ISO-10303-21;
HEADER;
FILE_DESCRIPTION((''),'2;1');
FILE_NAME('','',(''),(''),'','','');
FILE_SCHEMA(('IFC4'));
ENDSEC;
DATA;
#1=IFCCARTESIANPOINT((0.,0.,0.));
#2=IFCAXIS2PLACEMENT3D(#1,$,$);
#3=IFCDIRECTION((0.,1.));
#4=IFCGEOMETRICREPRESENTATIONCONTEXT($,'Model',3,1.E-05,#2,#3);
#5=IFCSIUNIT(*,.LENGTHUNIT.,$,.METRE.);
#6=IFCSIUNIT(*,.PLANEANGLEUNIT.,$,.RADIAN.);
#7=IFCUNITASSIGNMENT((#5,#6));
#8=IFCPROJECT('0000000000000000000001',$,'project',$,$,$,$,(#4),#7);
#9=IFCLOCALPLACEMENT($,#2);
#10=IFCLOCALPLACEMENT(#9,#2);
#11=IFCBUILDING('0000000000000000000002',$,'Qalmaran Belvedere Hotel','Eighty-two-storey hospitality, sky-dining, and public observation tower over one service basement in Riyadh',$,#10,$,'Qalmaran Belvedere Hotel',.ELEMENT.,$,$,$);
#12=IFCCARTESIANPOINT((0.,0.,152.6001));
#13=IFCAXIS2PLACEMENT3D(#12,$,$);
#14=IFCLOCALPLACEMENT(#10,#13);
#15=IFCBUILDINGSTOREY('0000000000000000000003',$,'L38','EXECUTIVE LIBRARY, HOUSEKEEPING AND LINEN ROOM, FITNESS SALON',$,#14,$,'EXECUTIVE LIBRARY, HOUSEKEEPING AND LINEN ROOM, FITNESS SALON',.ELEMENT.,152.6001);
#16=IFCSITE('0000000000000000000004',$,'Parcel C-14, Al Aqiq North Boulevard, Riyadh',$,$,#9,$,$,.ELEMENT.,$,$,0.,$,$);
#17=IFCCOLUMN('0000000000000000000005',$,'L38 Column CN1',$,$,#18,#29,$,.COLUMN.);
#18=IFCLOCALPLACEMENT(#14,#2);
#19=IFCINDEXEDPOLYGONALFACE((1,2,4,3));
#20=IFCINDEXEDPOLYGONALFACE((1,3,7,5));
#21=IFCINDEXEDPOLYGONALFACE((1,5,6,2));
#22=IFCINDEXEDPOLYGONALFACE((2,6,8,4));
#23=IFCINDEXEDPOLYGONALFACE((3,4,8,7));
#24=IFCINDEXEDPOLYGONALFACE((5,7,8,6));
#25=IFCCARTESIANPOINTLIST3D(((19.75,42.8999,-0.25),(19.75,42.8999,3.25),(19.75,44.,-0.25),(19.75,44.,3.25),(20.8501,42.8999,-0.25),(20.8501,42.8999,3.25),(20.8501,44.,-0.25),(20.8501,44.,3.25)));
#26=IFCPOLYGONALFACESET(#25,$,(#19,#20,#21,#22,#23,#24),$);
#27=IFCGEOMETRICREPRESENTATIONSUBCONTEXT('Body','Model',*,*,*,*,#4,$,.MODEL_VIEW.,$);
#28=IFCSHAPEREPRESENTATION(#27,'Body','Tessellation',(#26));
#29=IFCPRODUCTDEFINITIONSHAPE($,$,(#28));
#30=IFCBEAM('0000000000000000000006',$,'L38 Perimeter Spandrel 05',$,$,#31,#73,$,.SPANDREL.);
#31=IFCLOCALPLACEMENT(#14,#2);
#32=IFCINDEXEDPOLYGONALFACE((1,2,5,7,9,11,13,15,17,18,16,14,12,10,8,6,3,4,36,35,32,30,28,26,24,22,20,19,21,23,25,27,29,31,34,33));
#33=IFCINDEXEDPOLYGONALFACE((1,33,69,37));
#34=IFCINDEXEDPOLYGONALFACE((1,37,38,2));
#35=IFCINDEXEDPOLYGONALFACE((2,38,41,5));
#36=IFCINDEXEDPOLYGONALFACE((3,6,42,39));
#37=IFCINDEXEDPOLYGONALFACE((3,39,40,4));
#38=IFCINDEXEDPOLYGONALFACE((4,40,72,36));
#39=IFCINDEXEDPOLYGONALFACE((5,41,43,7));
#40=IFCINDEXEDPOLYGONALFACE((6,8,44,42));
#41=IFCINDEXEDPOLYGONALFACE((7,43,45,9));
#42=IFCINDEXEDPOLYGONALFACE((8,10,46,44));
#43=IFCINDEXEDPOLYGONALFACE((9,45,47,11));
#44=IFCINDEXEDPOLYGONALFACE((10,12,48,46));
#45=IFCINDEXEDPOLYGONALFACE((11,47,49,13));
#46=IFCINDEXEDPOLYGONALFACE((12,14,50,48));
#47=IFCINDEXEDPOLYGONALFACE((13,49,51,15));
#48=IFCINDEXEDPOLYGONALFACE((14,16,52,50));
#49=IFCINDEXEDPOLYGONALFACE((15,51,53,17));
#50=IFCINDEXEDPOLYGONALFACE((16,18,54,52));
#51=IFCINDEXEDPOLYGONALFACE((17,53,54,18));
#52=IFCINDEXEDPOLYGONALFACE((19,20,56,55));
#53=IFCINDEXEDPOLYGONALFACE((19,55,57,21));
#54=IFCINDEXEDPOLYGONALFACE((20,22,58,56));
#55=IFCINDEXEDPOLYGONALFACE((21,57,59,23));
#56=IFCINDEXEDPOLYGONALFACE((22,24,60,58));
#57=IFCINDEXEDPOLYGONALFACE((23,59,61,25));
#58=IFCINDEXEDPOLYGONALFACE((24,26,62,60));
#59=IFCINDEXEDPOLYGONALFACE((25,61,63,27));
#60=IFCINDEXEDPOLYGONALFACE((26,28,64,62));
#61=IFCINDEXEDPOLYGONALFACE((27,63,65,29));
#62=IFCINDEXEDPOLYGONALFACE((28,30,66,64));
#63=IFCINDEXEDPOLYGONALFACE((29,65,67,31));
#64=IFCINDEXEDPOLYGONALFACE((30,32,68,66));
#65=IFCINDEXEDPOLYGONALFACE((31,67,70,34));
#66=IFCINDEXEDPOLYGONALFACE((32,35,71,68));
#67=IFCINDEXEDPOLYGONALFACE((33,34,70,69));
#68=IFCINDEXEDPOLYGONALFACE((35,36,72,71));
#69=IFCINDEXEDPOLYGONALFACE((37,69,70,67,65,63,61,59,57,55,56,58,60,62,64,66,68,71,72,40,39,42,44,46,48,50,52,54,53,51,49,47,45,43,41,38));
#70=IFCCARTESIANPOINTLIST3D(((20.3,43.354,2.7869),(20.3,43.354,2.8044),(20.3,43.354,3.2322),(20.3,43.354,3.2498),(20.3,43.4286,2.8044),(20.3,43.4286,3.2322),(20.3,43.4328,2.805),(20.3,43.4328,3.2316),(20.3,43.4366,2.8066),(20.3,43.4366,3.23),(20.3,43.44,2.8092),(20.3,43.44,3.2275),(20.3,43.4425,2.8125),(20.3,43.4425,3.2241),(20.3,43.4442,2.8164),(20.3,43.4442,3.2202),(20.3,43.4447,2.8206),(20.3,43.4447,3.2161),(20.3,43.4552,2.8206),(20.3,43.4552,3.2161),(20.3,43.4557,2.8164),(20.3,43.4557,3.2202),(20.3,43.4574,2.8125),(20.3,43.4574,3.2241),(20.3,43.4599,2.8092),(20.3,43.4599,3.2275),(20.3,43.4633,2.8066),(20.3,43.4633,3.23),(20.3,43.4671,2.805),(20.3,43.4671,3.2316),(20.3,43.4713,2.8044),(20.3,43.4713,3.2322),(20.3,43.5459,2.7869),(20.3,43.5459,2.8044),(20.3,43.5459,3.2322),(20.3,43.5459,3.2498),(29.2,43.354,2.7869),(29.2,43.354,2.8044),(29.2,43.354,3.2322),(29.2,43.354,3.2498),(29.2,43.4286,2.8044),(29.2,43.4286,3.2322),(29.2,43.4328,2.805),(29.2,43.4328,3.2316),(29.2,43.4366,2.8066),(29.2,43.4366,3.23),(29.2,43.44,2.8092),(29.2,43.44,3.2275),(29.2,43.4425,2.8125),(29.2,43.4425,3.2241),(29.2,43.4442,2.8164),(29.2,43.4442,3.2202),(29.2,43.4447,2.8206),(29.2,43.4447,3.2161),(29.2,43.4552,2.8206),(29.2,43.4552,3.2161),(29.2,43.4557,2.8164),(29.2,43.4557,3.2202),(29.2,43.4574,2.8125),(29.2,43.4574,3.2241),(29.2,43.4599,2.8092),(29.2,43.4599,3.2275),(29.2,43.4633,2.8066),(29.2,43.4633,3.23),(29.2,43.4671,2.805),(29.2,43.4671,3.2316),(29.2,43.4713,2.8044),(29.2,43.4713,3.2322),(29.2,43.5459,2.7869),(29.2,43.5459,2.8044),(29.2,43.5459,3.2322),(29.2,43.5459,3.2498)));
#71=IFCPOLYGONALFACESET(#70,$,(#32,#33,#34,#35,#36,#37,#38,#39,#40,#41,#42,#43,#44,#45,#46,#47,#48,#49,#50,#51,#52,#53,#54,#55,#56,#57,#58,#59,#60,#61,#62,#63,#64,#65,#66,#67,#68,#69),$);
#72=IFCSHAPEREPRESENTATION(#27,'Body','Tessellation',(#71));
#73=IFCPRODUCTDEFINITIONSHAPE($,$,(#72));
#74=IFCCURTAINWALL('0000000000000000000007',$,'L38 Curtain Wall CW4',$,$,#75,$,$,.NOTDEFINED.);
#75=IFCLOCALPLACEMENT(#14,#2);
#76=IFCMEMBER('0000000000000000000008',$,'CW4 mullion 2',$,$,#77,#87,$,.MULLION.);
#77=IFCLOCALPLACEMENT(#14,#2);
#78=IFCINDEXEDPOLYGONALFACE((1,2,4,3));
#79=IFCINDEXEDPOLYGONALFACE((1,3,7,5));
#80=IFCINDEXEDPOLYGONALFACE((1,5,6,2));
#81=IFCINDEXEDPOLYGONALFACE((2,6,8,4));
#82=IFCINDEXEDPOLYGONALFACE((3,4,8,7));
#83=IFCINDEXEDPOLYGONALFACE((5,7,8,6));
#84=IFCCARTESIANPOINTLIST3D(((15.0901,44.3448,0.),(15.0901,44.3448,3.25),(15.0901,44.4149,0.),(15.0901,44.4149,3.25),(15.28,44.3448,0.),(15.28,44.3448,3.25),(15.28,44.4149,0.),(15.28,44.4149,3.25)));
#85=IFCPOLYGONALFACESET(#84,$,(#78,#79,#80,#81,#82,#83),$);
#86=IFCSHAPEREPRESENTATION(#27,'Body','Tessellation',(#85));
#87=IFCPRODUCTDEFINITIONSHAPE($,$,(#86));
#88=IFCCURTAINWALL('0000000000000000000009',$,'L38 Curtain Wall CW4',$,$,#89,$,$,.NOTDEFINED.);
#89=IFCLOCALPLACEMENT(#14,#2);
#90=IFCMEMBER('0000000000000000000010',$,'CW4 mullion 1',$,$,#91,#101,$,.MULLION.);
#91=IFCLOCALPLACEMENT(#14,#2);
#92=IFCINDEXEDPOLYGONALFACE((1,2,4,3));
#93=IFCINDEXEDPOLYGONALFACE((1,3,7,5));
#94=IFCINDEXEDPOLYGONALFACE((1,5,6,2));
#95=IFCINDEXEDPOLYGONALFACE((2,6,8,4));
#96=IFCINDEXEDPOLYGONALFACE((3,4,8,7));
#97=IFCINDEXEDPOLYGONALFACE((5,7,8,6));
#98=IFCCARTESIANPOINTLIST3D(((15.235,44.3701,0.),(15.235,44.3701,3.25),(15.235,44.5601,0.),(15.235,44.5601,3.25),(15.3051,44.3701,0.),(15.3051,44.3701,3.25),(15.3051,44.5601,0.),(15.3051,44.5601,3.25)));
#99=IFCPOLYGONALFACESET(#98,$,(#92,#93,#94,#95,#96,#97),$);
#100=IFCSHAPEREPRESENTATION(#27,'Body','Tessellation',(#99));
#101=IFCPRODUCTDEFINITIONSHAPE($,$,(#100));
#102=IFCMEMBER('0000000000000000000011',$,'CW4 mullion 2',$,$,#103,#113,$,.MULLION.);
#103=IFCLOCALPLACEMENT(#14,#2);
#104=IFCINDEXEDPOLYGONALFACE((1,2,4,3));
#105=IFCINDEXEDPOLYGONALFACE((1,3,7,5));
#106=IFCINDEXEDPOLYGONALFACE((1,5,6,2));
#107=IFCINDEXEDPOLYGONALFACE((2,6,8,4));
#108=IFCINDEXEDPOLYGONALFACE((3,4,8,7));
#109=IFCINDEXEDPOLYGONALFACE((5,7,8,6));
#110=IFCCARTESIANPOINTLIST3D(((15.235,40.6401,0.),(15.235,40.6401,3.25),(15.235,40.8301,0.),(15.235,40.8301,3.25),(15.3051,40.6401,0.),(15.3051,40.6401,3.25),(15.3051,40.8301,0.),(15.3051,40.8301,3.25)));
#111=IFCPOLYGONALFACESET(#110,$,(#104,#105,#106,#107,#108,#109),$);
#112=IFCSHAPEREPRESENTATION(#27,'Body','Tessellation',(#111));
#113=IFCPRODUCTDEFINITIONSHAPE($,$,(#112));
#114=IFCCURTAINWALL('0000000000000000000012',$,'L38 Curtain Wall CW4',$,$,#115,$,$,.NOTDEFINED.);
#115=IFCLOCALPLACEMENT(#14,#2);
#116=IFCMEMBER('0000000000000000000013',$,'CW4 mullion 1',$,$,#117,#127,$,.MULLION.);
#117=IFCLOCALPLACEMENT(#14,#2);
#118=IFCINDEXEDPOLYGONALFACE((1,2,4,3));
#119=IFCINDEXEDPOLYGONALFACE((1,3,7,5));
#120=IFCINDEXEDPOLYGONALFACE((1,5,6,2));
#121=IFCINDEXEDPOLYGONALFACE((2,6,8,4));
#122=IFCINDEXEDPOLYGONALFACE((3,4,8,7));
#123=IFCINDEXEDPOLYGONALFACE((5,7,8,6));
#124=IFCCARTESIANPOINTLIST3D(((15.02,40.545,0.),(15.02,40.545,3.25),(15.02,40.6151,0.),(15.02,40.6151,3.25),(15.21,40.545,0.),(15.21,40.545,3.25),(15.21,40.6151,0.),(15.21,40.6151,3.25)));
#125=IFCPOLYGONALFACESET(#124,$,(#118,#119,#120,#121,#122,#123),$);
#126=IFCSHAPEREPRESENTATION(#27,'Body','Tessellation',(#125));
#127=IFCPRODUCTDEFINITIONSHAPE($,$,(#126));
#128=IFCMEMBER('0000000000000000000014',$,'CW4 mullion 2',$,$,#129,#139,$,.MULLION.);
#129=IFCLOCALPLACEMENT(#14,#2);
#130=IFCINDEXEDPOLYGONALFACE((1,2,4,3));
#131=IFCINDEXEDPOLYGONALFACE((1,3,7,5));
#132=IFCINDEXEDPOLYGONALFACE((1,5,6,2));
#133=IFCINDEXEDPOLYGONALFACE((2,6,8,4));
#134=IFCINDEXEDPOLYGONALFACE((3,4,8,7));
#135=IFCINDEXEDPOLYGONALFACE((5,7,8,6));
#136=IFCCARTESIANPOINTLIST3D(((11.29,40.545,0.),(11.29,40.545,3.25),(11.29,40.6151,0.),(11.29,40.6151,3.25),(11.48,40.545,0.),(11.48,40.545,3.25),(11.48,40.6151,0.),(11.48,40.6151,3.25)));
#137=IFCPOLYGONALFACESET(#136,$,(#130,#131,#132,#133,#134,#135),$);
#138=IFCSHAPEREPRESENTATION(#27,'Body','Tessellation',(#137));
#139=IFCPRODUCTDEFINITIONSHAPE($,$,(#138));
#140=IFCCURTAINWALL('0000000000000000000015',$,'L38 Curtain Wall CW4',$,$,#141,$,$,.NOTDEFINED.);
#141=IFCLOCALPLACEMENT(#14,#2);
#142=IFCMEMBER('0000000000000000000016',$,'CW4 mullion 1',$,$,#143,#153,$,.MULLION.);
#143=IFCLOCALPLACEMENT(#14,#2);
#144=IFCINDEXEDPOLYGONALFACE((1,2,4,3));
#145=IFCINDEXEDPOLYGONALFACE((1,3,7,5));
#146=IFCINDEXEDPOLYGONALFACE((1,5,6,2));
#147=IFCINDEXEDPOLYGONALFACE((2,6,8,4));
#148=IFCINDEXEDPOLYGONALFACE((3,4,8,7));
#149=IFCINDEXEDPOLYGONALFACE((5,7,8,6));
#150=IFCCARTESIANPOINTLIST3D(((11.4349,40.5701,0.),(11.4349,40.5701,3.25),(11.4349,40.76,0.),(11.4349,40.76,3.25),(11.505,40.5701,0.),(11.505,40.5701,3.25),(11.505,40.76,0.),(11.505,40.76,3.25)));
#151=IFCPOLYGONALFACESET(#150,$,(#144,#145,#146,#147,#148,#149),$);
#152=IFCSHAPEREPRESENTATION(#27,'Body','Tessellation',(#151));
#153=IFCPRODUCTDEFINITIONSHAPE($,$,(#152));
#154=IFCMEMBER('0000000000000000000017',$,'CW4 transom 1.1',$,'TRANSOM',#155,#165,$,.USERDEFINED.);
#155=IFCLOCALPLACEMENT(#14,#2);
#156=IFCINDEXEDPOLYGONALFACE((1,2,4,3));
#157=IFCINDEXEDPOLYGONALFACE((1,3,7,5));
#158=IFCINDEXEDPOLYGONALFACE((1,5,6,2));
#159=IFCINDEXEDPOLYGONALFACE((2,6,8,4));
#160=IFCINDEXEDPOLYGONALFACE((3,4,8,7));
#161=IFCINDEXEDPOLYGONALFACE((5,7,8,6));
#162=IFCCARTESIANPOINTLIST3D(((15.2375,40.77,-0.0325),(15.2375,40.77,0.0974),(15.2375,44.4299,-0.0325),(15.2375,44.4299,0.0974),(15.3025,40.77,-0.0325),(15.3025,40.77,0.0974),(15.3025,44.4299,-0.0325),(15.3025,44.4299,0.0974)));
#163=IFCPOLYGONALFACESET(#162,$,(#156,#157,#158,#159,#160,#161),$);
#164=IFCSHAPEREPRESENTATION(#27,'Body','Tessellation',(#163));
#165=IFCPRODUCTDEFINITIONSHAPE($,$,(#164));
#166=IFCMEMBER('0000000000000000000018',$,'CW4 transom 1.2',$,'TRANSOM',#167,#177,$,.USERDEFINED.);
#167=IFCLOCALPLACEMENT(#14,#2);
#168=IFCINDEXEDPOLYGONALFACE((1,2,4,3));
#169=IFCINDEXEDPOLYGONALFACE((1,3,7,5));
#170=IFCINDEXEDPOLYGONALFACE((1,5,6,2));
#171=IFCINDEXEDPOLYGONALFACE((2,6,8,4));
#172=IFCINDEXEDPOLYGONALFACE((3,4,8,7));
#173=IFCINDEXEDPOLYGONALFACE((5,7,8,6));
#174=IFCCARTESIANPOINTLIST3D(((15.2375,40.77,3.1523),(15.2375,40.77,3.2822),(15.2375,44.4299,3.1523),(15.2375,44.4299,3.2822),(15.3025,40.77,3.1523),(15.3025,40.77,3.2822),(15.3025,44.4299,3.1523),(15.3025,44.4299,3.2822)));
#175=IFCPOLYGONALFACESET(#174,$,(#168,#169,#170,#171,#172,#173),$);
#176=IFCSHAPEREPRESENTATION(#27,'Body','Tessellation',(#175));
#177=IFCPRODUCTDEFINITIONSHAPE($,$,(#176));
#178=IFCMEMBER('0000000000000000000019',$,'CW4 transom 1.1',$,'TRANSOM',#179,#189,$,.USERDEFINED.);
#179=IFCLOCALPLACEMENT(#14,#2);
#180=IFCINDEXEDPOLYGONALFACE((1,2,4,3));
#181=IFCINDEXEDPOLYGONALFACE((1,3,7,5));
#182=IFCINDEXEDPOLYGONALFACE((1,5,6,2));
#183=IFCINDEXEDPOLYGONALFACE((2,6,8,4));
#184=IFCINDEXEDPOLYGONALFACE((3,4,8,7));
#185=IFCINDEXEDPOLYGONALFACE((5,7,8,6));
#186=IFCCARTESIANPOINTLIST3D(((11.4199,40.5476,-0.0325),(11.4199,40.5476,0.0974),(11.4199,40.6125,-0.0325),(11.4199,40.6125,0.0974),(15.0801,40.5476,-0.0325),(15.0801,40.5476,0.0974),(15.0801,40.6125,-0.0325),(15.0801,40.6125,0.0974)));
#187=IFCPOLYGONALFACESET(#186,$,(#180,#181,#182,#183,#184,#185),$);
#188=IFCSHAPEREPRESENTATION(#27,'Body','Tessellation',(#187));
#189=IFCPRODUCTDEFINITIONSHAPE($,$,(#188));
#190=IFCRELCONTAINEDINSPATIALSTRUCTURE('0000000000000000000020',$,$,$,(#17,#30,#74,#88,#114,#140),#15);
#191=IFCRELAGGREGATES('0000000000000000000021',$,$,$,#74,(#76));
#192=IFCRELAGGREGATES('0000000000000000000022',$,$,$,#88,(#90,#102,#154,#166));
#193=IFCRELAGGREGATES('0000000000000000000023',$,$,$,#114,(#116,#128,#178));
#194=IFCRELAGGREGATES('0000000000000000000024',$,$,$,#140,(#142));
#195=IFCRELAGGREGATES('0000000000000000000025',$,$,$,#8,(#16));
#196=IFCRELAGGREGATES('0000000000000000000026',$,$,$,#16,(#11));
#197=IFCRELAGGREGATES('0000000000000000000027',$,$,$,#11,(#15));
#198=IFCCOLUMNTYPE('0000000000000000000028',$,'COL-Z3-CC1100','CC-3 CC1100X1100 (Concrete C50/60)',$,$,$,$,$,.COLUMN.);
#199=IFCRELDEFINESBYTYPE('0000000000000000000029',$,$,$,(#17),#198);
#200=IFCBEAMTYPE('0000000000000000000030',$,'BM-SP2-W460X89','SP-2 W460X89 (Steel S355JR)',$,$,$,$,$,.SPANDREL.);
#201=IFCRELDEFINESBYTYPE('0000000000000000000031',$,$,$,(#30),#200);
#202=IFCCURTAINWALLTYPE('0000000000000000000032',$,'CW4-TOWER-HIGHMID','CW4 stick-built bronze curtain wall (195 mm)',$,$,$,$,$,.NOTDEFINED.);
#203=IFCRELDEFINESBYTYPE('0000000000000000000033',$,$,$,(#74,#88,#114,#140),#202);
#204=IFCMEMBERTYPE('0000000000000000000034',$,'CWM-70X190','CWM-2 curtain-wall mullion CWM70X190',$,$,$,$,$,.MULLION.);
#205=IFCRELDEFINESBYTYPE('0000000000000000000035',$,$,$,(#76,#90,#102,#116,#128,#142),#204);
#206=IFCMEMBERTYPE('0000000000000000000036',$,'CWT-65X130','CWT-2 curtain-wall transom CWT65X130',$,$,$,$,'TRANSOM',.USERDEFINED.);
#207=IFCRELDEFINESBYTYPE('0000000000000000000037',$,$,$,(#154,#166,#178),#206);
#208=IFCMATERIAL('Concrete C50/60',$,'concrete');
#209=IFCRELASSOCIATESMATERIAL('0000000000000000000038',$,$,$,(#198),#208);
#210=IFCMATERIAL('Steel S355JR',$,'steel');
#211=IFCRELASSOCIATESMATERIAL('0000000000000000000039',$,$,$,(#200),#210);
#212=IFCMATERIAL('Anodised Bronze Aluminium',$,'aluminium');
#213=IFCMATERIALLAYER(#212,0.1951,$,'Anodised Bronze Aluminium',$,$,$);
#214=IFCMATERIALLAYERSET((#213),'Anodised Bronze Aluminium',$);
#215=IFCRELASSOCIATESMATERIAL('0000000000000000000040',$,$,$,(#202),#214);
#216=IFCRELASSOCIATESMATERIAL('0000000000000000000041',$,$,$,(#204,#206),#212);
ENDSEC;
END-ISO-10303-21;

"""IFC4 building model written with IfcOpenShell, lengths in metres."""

from ifc_helpers import new_model, si_unit, direction, frame, origin, origin_2d, place, context, subcontext, project, spatial, rectangle, i_section, extrude, material, layer, layer_set, material_profile, profile_set, type_object, element, aggregate, save


model = new_model("IFC4")

# Units and contexts
model_context = context("Model", 3, precision=1e-05, world=origin(), true_north=direction((0.0, 1.0)))
body_context = subcontext(model_context, "Body", "Model", "MODEL_VIEW")
ifc_project = project(units=[si_unit("LENGTHUNIT", "METRE"), si_unit("PLANEANGLEUNIT", "RADIAN")], contexts=[model_context])

# Site, building, storey
site_placement = place(None, origin())
site = spatial("IfcSite", under=ifc_project, at=site_placement, Name="Parcel C-14, Al Aqiq North Boulevard, Riyadh", CompositionType="ELEMENT", RefElevation=0.0)
building_placement = place(site_placement, origin())
building = spatial("IfcBuilding", under=site, at=building_placement, Name="Qalmaran Belvedere Hotel", Description="Eighty-two-storey hospitality, sky-dining, and public observation tower over one service basement in Riyadh", LongName="Qalmaran Belvedere Hotel", CompositionType="ELEMENT")
storey_placement = place(building_placement, frame((0.0, 0.0, 152.6001)))
storey = spatial("IfcBuildingStorey", under=building, at=storey_placement, Name="L38", Description="EXECUTIVE LIBRARY, HOUSEKEEPING AND LINEN ROOM, FITNESS SALON", LongName="EXECUTIVE LIBRARY, HOUSEKEEPING AND LINEN ROOM, FITNESS SALON", CompositionType="ELEMENT", Elevation=152.6001)

# Column
ifc_material_1 = material(Name="Concrete C50/60", Category="concrete")
ifc_material_profile_1 = material_profile(ifc_material_1, rectangle(XDim=1.1001, YDim=1.1001, at=origin_2d()), Name="CC1100X1100")
ifc_profile_set_1 = profile_set([ifc_material_profile_1], Name="Concrete C50/60")
column_type = type_object("IfcColumnType", Name="COL-Z3-CC1100", Description="CC-3 CC1100X1100 (Concrete C50/60)", PredefinedType="COLUMN", material=ifc_profile_set_1)
column_placement = place(storey_placement, frame((20.3, 43.45, -0.25), z_axis=(0.0, 0.0, 1.0), x_axis=(1.0, 0.0, 0.0)))
element("IfcColumn", 1, at=column_placement, inside=storey, type_object=column_type, Name="L38 Column CN1", PredefinedType="COLUMN", context=body_context, shape_type="SweptSolid", body=[
    extrude(rectangle(XDim=1.1001, YDim=1.1001, at=origin_2d()), origin(), (0.0, 0.0, 1.0), 3.5),
])

# Beam
ifc_material_2 = material(Name="Steel S355JR", Category="steel")
ifc_material_profile_2 = material_profile(ifc_material_2, i_section(OverallWidth=0.1919, OverallDepth=0.4629, WebThickness=0.0105, FlangeThickness=0.0176, FilletRadius=0.0161, at=origin_2d()), Name="W460X89")
ifc_profile_set_2 = profile_set([ifc_material_profile_2], Name="Steel S355JR")
beam_type = type_object("IfcBeamType", Name="BM-SP2-W460X89", Description="SP-2 W460X89 (Steel S355JR)", PredefinedType="SPANDREL", material=ifc_profile_set_2)
beam_placement = place(storey_placement, frame((20.3, 43.45, 3.0183), z_axis=(1.0, 0.0, 0.0), x_axis=(0.0, 1.0, 0.0)))
element("IfcBeam", 2, at=beam_placement, inside=storey, type_object=beam_type, Name="L38 Perimeter Spandrel 05", PredefinedType="SPANDREL", context=body_context, shape_type="SweptSolid", body=[
    extrude(i_section(OverallWidth=0.1919, OverallDepth=0.4629, WebThickness=0.0105, FlangeThickness=0.0176, FilletRadius=0.0161, at=origin_2d()), origin(), (0.0, 0.0, 1.0), 8.8999),
])

# Curtain wall, member
ifc_material_3 = material(Name="Anodised Bronze Aluminium", Category="aluminium")
ifc_layer_1 = layer(ifc_material_3, 0.1951, Name="Anodised Bronze Aluminium")
ifc_layer_set_1 = layer_set([ifc_layer_1], Name="Anodised Bronze Aluminium")
curtain_wall_type = type_object("IfcCurtainWallType", Name="CW4-TOWER-HIGHMID", Description="CW4 stick-built bronze curtain wall (195 mm)", PredefinedType="NOTDEFINED", material=ifc_layer_set_1)
curtain_wall_1_placement = place(storey_placement, origin())
curtain_wall_1 = element("IfcCurtainWall", 3, at=curtain_wall_1_placement, inside=storey, type_object=curtain_wall_type, Name="L38 Curtain Wall CW4", PredefinedType="NOTDEFINED")
ifc_material_profile_3 = material_profile(ifc_material_3, rectangle(XDim=0.0701, YDim=0.1899, at=origin_2d()), Name="CWM70X190")
ifc_profile_set_3 = profile_set([ifc_material_profile_3], Name="Anodised Bronze Aluminium")
member_type_1 = type_object("IfcMemberType", Name="CWM-70X190", Description="CWM-2 curtain-wall mullion CWM70X190", PredefinedType="MULLION", material=ifc_profile_set_3)
member_1_placement = place(storey_placement, frame((15.1851, 44.3799, 0.0), z_axis=(0.0, 0.0, 1.0), x_axis=(0.0, -1.0, 0.0)))
member_1 = element("IfcMember", 4, at=member_1_placement, type_object=member_type_1, Name="CW4 mullion 2", PredefinedType="MULLION", context=body_context, shape_type="SweptSolid", body=[
    extrude(rectangle(XDim=0.0701, YDim=0.1899, at=origin_2d()), origin(), (0.0, 0.0, 1.0), 3.25),
])

# Curtain walls, members
curtain_wall_2_placement = place(storey_placement, origin())
curtain_wall_2 = element("IfcCurtainWall", 5, at=curtain_wall_2_placement, inside=storey, type_object=curtain_wall_type, Name="L38 Curtain Wall CW4", PredefinedType="NOTDEFINED")
member_2_placement = place(storey_placement, frame((15.27, 44.4651, 0.0), z_axis=(0.0, 0.0, 1.0), x_axis=(1.0, 0.0, 0.0)))
member_2 = element("IfcMember", 6, at=member_2_placement, type_object=member_type_1, Name="CW4 mullion 1", PredefinedType="MULLION", context=body_context, shape_type="SweptSolid", body=[
    extrude(rectangle(XDim=0.0701, YDim=0.1899, at=origin_2d()), origin(), (0.0, 0.0, 1.0), 3.25),
])
member_3_placement = place(storey_placement, frame((15.27, 40.7351, 0.0), z_axis=(0.0, 0.0, 1.0), x_axis=(1.0, 0.0, 0.0)))
member_3 = element("IfcMember", 7, at=member_3_placement, type_object=member_type_1, Name="CW4 mullion 2", PredefinedType="MULLION", context=body_context, shape_type="SweptSolid", body=[
    extrude(rectangle(XDim=0.0701, YDim=0.1899, at=origin_2d()), origin(), (0.0, 0.0, 1.0), 3.25),
])
curtain_wall_3_placement = place(storey_placement, origin())
curtain_wall_3 = element("IfcCurtainWall", 8, at=curtain_wall_3_placement, inside=storey, type_object=curtain_wall_type, Name="L38 Curtain Wall CW4", PredefinedType="NOTDEFINED")
member_4_placement = place(storey_placement, frame((15.115, 40.5801, 0.0), z_axis=(0.0, 0.0, 1.0), x_axis=(0.0, -1.0, 0.0)))
member_4 = element("IfcMember", 9, at=member_4_placement, type_object=member_type_1, Name="CW4 mullion 1", PredefinedType="MULLION", context=body_context, shape_type="SweptSolid", body=[
    extrude(rectangle(XDim=0.0701, YDim=0.1899, at=origin_2d()), origin(), (0.0, 0.0, 1.0), 3.25),
])
member_5_placement = place(storey_placement, frame((11.385, 40.5801, 0.0), z_axis=(0.0, 0.0, 1.0), x_axis=(0.0, -1.0, 0.0)))
member_5 = element("IfcMember", 10, at=member_5_placement, type_object=member_type_1, Name="CW4 mullion 2", PredefinedType="MULLION", context=body_context, shape_type="SweptSolid", body=[
    extrude(rectangle(XDim=0.0701, YDim=0.1899, at=origin_2d()), origin(), (0.0, 0.0, 1.0), 3.25),
])

# Curtain wall, member
curtain_wall_4_placement = place(storey_placement, origin())
curtain_wall_4 = element("IfcCurtainWall", 11, at=curtain_wall_4_placement, inside=storey, type_object=curtain_wall_type, Name="L38 Curtain Wall CW4", PredefinedType="NOTDEFINED")
member_6_placement = place(storey_placement, frame((11.47, 40.665, 0.0), z_axis=(0.0, 0.0, 1.0), x_axis=(1.0, 0.0, 0.0)))
member_6 = element("IfcMember", 12, at=member_6_placement, type_object=member_type_1, Name="CW4 mullion 1", PredefinedType="MULLION", context=body_context, shape_type="SweptSolid", body=[
    extrude(rectangle(XDim=0.0701, YDim=0.1899, at=origin_2d()), origin(), (0.0, 0.0, 1.0), 3.25),
])

# Members
ifc_material_profile_4 = material_profile(ifc_material_3, rectangle(XDim=0.0649, YDim=0.1299, at=origin_2d()), Name="CWT65X130")
ifc_profile_set_4 = profile_set([ifc_material_profile_4], Name="Anodised Bronze Aluminium")
member_type_2 = type_object("IfcMemberType", Name="CWT-65X130", Description="CWT-2 curtain-wall transom CWT65X130", ElementType="TRANSOM", PredefinedType="USERDEFINED", material=ifc_profile_set_4)
member_7_placement = place(storey_placement, frame((15.27, 44.4299, 0.0325), z_axis=(0.0, -1.0, 0.0), x_axis=(1.0, 0.0, 0.0)))
member_7 = element("IfcMember", 13, at=member_7_placement, type_object=member_type_2, Name="CW4 transom 1.1", ObjectType="TRANSOM", PredefinedType="USERDEFINED", context=body_context, shape_type="SweptSolid", body=[
    extrude(rectangle(XDim=0.0649, YDim=0.1299, at=origin_2d()), origin(), (0.0, 0.0, 1.0), 3.6599),
])
member_8_placement = place(storey_placement, frame((15.27, 44.4299, 3.2173), z_axis=(0.0, -1.0, 0.0), x_axis=(1.0, 0.0, 0.0)))
member_8 = element("IfcMember", 14, at=member_8_placement, type_object=member_type_2, Name="CW4 transom 1.2", ObjectType="TRANSOM", PredefinedType="USERDEFINED", context=body_context, shape_type="SweptSolid", body=[
    extrude(rectangle(XDim=0.0649, YDim=0.1299, at=origin_2d()), origin(), (0.0, 0.0, 1.0), 3.6599),
])
member_9_placement = place(storey_placement, frame((15.0801, 40.5801, 0.0325), z_axis=(-1.0, 0.0, 0.0), x_axis=(0.0, -1.0, 0.0)))
member_9 = element("IfcMember", 15, at=member_9_placement, type_object=member_type_2, Name="CW4 transom 1.1", ObjectType="TRANSOM", PredefinedType="USERDEFINED", context=body_context, shape_type="SweptSolid", body=[
    extrude(rectangle(XDim=0.0649, YDim=0.1299, at=origin_2d()), origin(), (0.0, 0.0, 1.0), 3.6602),
])

aggregate(curtain_wall_1, [member_1])
aggregate(curtain_wall_2, [member_2, member_3, member_7, member_8])
aggregate(curtain_wall_3, [member_4, member_5, member_9])
aggregate(curtain_wall_4, [member_6])

save(model, "model.ifc")
